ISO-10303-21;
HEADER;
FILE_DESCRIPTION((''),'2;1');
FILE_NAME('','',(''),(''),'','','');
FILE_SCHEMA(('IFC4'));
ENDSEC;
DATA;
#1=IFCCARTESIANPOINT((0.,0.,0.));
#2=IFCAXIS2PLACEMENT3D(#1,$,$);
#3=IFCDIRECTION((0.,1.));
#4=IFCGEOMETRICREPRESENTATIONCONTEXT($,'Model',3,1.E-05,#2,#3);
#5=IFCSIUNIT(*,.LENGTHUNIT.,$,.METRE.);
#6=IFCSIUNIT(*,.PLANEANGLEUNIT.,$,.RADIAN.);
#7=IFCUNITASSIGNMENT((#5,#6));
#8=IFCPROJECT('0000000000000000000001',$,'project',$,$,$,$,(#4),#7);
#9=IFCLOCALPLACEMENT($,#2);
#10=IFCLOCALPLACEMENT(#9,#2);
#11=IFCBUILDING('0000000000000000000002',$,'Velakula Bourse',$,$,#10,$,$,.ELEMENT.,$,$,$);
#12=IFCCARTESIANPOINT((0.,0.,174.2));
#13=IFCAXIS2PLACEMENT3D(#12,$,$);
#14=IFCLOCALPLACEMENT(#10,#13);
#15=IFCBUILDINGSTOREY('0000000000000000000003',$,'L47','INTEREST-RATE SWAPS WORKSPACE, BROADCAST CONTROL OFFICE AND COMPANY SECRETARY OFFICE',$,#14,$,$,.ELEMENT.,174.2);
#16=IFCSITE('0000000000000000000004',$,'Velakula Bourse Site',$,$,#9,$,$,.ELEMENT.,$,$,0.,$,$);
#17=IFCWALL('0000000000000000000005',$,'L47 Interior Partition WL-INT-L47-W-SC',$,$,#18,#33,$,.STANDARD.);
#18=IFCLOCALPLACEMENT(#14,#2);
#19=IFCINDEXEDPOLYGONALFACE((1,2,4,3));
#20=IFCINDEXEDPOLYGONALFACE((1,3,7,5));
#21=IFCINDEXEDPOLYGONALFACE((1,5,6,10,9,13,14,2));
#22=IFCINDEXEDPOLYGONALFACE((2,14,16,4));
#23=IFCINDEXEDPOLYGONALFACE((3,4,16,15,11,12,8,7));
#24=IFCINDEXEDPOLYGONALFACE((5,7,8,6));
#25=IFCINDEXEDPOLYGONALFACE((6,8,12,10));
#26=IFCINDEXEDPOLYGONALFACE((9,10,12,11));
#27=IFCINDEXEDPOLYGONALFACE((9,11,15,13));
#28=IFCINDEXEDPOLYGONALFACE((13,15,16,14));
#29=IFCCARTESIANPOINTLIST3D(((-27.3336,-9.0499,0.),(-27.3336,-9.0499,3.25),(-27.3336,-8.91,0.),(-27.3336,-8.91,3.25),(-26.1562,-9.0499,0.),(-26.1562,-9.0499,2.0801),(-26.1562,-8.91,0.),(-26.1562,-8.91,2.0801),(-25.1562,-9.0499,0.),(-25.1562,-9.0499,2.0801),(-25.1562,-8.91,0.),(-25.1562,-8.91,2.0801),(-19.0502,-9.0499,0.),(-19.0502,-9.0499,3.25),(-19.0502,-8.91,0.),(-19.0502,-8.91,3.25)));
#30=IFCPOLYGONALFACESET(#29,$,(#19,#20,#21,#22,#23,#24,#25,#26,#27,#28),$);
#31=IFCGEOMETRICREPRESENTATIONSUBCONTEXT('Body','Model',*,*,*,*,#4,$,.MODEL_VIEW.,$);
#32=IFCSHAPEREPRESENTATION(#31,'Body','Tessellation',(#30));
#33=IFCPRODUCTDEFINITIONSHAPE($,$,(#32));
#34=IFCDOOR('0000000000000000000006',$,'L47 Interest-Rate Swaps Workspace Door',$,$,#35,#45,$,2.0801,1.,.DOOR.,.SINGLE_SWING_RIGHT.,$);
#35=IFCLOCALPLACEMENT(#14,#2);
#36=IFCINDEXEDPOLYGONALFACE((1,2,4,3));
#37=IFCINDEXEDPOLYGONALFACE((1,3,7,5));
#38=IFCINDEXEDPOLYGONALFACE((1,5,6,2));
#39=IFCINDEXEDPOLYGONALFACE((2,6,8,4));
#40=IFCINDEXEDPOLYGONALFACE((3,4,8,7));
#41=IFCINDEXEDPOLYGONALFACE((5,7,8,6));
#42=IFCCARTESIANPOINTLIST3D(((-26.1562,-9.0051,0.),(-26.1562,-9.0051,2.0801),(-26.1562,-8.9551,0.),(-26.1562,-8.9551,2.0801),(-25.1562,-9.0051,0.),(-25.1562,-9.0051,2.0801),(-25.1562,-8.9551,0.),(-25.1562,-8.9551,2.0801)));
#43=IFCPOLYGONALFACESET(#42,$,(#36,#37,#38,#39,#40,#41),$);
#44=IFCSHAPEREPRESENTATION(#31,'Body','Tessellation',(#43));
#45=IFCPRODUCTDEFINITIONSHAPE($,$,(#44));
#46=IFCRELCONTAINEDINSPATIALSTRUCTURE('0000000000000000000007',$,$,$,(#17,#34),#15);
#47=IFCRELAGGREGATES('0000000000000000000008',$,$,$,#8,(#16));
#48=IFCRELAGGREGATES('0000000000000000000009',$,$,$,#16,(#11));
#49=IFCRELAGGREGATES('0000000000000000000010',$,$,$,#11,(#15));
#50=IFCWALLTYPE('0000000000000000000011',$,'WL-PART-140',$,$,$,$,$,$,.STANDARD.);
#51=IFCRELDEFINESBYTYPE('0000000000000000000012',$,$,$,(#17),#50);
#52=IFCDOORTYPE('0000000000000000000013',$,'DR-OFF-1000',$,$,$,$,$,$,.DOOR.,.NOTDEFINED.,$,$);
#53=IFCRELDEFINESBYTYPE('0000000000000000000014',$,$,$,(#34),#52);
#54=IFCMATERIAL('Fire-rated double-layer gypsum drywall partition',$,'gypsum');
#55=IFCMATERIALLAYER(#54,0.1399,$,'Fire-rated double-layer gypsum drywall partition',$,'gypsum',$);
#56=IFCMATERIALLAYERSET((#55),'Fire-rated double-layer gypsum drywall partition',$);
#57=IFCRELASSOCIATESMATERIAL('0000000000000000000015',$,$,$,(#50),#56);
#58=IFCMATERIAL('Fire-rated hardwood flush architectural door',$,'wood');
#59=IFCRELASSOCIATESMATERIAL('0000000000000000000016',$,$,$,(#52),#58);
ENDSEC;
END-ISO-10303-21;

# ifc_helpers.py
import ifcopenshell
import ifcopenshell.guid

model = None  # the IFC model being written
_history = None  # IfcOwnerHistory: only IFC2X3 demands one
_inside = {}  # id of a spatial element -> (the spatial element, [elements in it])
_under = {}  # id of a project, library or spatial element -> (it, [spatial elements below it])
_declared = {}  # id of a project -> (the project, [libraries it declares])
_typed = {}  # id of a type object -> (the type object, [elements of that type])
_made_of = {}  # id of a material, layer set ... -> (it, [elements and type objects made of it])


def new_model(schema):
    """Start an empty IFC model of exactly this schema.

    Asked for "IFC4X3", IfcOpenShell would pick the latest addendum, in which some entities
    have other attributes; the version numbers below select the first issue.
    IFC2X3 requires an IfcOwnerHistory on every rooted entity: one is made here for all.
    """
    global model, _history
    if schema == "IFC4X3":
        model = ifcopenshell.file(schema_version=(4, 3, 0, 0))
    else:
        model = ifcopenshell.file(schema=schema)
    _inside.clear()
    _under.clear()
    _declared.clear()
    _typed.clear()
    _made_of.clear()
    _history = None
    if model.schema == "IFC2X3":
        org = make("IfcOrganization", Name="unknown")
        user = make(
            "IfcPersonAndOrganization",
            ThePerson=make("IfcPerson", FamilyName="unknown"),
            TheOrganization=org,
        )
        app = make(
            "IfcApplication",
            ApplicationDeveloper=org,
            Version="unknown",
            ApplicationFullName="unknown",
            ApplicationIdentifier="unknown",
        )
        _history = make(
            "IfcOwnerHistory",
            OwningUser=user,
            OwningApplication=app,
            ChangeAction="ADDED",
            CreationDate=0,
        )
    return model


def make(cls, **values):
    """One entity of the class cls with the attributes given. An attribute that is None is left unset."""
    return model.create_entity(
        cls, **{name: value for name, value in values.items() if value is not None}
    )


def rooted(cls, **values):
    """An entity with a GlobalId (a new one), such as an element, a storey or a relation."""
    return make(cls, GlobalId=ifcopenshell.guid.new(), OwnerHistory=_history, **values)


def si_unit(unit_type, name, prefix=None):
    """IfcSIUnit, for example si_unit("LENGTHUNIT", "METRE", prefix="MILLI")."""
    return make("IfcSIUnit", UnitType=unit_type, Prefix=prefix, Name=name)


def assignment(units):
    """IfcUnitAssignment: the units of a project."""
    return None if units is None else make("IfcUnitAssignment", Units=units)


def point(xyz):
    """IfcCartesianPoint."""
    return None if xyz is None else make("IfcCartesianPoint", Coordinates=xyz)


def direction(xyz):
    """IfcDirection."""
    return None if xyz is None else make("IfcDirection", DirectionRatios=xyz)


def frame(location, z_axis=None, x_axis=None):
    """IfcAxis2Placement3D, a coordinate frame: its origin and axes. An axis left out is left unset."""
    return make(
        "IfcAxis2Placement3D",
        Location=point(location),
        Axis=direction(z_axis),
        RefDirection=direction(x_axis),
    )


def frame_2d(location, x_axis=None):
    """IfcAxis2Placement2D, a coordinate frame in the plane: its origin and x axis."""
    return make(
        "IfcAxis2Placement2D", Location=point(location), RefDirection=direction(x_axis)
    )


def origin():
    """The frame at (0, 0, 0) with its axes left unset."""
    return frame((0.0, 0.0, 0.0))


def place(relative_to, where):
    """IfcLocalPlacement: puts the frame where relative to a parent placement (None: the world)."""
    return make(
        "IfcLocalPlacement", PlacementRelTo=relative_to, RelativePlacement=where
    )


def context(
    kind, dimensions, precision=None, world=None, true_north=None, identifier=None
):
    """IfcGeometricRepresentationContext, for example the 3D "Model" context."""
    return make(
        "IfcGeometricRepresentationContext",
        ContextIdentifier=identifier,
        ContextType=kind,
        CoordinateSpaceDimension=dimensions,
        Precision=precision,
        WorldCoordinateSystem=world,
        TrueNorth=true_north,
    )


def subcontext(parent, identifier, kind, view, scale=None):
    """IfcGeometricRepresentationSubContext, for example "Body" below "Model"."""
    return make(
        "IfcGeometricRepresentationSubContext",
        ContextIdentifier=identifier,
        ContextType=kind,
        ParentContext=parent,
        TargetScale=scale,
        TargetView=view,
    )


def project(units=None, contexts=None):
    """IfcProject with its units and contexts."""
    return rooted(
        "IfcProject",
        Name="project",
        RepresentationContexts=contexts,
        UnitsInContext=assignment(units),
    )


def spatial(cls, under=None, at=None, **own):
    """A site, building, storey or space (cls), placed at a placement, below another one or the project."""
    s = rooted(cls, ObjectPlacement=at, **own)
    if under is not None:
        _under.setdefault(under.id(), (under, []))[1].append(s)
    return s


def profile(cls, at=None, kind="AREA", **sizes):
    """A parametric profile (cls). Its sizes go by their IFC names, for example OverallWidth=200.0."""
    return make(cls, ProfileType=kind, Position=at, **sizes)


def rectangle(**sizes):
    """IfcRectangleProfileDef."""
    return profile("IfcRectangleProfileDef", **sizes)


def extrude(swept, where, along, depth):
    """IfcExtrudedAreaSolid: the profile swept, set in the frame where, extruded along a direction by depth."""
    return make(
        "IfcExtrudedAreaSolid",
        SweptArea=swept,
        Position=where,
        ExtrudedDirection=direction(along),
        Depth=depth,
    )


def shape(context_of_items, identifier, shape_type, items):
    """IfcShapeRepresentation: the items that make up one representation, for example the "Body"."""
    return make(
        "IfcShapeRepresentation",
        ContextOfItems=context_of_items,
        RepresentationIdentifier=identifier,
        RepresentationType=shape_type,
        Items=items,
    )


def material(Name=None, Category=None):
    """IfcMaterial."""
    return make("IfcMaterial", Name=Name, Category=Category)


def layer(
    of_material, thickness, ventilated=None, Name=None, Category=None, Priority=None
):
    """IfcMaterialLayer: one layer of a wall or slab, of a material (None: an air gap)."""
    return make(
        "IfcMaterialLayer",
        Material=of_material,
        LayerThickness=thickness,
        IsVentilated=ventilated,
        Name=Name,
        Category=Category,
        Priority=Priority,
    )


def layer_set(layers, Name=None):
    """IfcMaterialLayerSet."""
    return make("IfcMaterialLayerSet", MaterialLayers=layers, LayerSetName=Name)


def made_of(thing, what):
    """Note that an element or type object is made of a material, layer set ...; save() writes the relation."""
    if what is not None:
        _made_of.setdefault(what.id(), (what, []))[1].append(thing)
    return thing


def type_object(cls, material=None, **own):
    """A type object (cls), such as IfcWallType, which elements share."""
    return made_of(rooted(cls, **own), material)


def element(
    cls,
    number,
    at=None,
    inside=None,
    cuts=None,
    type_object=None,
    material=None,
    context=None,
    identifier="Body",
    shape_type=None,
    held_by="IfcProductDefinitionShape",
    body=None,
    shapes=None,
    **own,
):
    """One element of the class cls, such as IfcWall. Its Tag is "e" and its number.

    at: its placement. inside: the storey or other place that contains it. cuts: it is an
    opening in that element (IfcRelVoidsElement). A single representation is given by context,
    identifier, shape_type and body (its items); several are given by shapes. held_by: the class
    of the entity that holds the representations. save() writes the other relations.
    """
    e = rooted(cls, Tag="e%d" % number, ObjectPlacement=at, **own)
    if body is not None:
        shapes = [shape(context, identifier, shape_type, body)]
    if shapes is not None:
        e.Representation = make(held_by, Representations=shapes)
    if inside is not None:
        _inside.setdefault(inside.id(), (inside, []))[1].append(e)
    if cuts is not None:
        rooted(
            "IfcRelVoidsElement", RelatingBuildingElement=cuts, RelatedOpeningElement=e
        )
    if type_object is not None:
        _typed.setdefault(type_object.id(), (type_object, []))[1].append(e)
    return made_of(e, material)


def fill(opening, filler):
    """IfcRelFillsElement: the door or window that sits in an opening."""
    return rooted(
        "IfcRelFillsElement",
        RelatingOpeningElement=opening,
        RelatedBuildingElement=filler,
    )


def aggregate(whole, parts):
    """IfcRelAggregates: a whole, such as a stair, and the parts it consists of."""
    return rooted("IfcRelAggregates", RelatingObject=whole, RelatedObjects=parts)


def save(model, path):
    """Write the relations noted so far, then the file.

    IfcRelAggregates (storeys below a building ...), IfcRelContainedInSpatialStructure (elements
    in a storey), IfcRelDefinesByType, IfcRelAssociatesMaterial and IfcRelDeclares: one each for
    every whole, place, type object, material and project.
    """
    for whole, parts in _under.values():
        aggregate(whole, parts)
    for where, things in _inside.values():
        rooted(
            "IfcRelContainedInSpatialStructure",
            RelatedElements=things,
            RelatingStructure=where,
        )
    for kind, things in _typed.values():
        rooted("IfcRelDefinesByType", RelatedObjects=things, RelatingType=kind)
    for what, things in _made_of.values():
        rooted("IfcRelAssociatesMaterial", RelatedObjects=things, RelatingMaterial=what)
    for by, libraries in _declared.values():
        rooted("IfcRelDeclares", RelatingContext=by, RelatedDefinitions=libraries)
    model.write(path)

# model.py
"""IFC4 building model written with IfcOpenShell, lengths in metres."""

from ifc_helpers import new_model, si_unit, direction, frame, frame_2d, origin, place, context, subcontext, project, spatial, rectangle, extrude, material, layer, layer_set, type_object, element, fill, save


model = new_model("IFC4")

# Units and contexts
model_context = context("Model", 3, precision=1e-05, world=origin(), true_north=direction((0.0, 1.0)))
body_context = subcontext(model_context, "Body", "Model", "MODEL_VIEW")
ifc_project = project(units=[si_unit("LENGTHUNIT", "METRE"), si_unit("PLANEANGLEUNIT", "RADIAN")], contexts=[model_context])

# Site, building, storey
site_placement = place(None, origin())
site = spatial("IfcSite", under=ifc_project, at=site_placement, Name="Velakula Bourse Site", CompositionType="ELEMENT", RefElevation=0.0)
building_placement = place(site_placement, origin())
building = spatial("IfcBuilding", under=site, at=building_placement, Name="Velakula Bourse", CompositionType="ELEMENT")
storey_placement = place(building_placement, frame((0.0, 0.0, 174.2)))
storey = spatial("IfcBuildingStorey", under=building, at=storey_placement, Name="L47", Description="INTEREST-RATE SWAPS WORKSPACE, BROADCAST CONTROL OFFICE AND COMPANY SECRETARY OFFICE", CompositionType="ELEMENT", Elevation=174.2)

# Shared definitions
ifc_material_1 = material(Name="Fire-rated double-layer gypsum drywall partition", Category="gypsum")
ifc_layer_1 = layer(ifc_material_1, 0.1399, Name="Fire-rated double-layer gypsum drywall partition", Category="gypsum")
ifc_layer_set_1 = layer_set([ifc_layer_1], Name="Fire-rated double-layer gypsum drywall partition")
wall_type_1 = type_object("IfcWallType", Name="WL-PART-140", PredefinedType="STANDARD", material=ifc_layer_set_1)
ifc_material_2 = material(Name="Fire-rated hardwood flush architectural door", Category="wood")
door_type_1 = type_object("IfcDoorType", Name="DR-OFF-1000", OperationType="NOTDEFINED", PredefinedType="DOOR", material=ifc_material_2)

# Wall, opening, door
wall_1_placement = place(storey_placement, frame((-27.3335, -8.98, 0.0), z_axis=(0.0, 0.0, 1.0), x_axis=(1.0, 0.0, 0.0)))
wall_1 = element("IfcWall", 1, at=wall_1_placement, inside=storey, type_object=wall_type_1, Name="L47 Interior Partition WL-INT-L47-W-SC", PredefinedType="STANDARD", context=body_context, shape_type="SweptSolid", body=[
    extrude(rectangle(XDim=8.2834, YDim=0.1399, at=frame_2d((4.1416, 0.0))), origin(), (0.0, 0.0, 1.0), 3.25),
])
opening_1_placement = place(wall_1_placement, frame((1.1772, 0.0, 0.0)))
opening_1 = element("IfcOpeningElement", 2, at=opening_1_placement, cuts=wall_1, PredefinedType="OPENING", context=body_context, shape_type="SweptSolid", body=[
    extrude(rectangle(XDim=1.0, YDim=2.0801, at=frame_2d((0.5, 1.04))), frame((0.0, 0.0798, 0.0), z_axis=(0.0, -1.0, 0.0), x_axis=(1.0, 0.0, 0.0)), (0.0, 0.0, 1.0), 0.1599),
])
door_1_placement = place(opening_1_placement, origin())
door_1 = element("IfcDoor", 3, at=door_1_placement, inside=storey, type_object=door_type_1, Name="L47 Interest-Rate Swaps Workspace Door", OperationType="SINGLE_SWING_RIGHT", OverallHeight=2.0801, OverallWidth=1.0, PredefinedType="DOOR", context=body_context, shape_type="SweptSolid", body=[
    extrude(rectangle(XDim=1.0, YDim=2.0801, at=frame_2d((0.5, 1.04))), frame((0.0, 0.0249, 0.0), z_axis=(0.0, -1.0, 0.0), x_axis=(1.0, 0.0, 0.0)), (0.0, 0.0, 1.0), 0.05),
])
fill(opening_1, door_1)

save(model, "model.ifc")
